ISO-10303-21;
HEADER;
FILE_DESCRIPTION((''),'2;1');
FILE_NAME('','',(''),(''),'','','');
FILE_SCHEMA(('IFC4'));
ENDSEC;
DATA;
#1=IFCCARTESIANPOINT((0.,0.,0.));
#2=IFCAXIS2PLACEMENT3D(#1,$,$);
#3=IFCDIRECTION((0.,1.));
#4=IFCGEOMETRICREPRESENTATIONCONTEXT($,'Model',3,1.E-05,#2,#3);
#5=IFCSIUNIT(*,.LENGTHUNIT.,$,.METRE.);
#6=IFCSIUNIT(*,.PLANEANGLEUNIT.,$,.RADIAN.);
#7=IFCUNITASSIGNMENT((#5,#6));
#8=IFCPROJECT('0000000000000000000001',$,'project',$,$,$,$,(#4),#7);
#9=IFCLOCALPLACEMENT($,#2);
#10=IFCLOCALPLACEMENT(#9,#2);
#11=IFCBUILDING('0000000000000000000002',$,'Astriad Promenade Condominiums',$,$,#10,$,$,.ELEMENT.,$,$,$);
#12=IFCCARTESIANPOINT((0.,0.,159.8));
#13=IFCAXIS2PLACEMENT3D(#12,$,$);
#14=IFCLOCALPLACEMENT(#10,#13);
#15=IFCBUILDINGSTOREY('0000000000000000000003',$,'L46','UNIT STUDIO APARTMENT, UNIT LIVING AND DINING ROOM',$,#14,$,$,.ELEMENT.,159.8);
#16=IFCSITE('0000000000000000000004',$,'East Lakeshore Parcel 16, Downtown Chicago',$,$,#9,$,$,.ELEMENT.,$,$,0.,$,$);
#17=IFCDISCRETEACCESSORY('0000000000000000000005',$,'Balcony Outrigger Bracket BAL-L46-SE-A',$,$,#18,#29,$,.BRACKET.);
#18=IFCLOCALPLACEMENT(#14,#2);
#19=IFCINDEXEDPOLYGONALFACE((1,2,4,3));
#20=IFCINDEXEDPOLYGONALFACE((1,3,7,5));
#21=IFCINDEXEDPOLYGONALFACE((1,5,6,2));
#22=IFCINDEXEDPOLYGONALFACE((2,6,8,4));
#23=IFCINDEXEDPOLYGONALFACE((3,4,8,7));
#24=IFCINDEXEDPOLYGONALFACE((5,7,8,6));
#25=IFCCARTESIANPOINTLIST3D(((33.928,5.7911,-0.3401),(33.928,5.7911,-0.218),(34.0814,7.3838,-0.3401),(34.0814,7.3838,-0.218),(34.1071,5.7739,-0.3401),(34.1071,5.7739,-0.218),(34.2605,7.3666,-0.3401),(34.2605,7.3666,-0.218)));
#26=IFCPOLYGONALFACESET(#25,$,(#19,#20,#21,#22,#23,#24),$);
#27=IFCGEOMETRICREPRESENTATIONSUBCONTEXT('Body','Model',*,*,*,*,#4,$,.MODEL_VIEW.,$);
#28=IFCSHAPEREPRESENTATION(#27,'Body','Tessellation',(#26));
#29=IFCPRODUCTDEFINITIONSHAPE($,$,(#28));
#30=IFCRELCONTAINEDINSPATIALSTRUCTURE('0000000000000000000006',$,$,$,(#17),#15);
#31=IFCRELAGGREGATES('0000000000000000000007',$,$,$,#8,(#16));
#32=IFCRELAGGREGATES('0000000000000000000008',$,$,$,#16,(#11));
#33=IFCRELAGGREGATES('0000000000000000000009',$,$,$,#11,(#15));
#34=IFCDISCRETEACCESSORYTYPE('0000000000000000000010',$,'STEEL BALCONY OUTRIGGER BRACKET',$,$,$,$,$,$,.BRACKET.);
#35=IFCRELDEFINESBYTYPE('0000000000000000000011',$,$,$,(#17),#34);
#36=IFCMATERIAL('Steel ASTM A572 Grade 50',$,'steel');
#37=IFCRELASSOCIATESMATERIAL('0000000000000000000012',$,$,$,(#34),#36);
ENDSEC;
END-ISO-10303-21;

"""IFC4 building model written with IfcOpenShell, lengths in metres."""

from ifc_helpers import new_model, si_unit, direction, frame, origin, origin_2d, place, context, subcontext, project, spatial, rectangle, extrude, source, transform, mapped, material, type_object, type_shapes, element, save


model = new_model("IFC4")

# Units and contexts
model_context = context("Model", 3, precision=1e-05, world=origin(), true_north=direction((0.0, 1.0)))
body_context = subcontext(model_context, "Body", "Model", "MODEL_VIEW")
ifc_project = project(units=[si_unit("LENGTHUNIT", "METRE"), si_unit("PLANEANGLEUNIT", "RADIAN")], contexts=[model_context])

# Site, building, storey
site_placement = place(None, origin())
site = spatial("IfcSite", under=ifc_project, at=site_placement, Name="East Lakeshore Parcel 16, Downtown Chicago", CompositionType="ELEMENT", RefElevation=0.0)
building_placement = place(site_placement, origin())
building = spatial("IfcBuilding", under=site, at=building_placement, Name="Astriad Promenade Condominiums", CompositionType="ELEMENT")
storey_placement = place(building_placement, frame((0.0, 0.0, 159.8)))
storey = spatial("IfcBuildingStorey", under=building, at=storey_placement, Name="L46", Description="UNIT STUDIO APARTMENT, UNIT LIVING AND DINING ROOM", CompositionType="ELEMENT", Elevation=159.8)

# Discrete accessory
ifc_material_1 = material(Name="Steel ASTM A572 Grade 50", Category="steel")
discrete_accessory_type = type_object("IfcDiscreteAccessoryType", Name="STEEL BALCONY OUTRIGGER BRACKET", PredefinedType="BRACKET", material=ifc_material_1)
shared_shape_1 = source(origin(), body_context, "Body", "SweptSolid", [
    extrude(rectangle(XDim=1.6001, YDim=0.1799, at=origin_2d()), origin(), (0.0, 0.0, 1.0), 0.1221),
])
type_shapes(discrete_accessory_type, [shared_shape_1])
discrete_accessory_placement = place(storey_placement, frame((34.0942, 6.5789, -0.3401), z_axis=(0.0, 0.0, 1.0), x_axis=(-0.095846, -0.995396, 0.0)))
element("IfcDiscreteAccessory", 1, at=discrete_accessory_placement, inside=storey, type_object=discrete_accessory_type, Name="Balcony Outrigger Bracket BAL-L46-SE-A", PredefinedType="BRACKET", context=body_context, shape_type="MappedRepresentation", body=[
    mapped(shared_shape_1, transform((0.0, 0.0, 0.0), scale=1.0)),
])

save(model, "model.ifc")
